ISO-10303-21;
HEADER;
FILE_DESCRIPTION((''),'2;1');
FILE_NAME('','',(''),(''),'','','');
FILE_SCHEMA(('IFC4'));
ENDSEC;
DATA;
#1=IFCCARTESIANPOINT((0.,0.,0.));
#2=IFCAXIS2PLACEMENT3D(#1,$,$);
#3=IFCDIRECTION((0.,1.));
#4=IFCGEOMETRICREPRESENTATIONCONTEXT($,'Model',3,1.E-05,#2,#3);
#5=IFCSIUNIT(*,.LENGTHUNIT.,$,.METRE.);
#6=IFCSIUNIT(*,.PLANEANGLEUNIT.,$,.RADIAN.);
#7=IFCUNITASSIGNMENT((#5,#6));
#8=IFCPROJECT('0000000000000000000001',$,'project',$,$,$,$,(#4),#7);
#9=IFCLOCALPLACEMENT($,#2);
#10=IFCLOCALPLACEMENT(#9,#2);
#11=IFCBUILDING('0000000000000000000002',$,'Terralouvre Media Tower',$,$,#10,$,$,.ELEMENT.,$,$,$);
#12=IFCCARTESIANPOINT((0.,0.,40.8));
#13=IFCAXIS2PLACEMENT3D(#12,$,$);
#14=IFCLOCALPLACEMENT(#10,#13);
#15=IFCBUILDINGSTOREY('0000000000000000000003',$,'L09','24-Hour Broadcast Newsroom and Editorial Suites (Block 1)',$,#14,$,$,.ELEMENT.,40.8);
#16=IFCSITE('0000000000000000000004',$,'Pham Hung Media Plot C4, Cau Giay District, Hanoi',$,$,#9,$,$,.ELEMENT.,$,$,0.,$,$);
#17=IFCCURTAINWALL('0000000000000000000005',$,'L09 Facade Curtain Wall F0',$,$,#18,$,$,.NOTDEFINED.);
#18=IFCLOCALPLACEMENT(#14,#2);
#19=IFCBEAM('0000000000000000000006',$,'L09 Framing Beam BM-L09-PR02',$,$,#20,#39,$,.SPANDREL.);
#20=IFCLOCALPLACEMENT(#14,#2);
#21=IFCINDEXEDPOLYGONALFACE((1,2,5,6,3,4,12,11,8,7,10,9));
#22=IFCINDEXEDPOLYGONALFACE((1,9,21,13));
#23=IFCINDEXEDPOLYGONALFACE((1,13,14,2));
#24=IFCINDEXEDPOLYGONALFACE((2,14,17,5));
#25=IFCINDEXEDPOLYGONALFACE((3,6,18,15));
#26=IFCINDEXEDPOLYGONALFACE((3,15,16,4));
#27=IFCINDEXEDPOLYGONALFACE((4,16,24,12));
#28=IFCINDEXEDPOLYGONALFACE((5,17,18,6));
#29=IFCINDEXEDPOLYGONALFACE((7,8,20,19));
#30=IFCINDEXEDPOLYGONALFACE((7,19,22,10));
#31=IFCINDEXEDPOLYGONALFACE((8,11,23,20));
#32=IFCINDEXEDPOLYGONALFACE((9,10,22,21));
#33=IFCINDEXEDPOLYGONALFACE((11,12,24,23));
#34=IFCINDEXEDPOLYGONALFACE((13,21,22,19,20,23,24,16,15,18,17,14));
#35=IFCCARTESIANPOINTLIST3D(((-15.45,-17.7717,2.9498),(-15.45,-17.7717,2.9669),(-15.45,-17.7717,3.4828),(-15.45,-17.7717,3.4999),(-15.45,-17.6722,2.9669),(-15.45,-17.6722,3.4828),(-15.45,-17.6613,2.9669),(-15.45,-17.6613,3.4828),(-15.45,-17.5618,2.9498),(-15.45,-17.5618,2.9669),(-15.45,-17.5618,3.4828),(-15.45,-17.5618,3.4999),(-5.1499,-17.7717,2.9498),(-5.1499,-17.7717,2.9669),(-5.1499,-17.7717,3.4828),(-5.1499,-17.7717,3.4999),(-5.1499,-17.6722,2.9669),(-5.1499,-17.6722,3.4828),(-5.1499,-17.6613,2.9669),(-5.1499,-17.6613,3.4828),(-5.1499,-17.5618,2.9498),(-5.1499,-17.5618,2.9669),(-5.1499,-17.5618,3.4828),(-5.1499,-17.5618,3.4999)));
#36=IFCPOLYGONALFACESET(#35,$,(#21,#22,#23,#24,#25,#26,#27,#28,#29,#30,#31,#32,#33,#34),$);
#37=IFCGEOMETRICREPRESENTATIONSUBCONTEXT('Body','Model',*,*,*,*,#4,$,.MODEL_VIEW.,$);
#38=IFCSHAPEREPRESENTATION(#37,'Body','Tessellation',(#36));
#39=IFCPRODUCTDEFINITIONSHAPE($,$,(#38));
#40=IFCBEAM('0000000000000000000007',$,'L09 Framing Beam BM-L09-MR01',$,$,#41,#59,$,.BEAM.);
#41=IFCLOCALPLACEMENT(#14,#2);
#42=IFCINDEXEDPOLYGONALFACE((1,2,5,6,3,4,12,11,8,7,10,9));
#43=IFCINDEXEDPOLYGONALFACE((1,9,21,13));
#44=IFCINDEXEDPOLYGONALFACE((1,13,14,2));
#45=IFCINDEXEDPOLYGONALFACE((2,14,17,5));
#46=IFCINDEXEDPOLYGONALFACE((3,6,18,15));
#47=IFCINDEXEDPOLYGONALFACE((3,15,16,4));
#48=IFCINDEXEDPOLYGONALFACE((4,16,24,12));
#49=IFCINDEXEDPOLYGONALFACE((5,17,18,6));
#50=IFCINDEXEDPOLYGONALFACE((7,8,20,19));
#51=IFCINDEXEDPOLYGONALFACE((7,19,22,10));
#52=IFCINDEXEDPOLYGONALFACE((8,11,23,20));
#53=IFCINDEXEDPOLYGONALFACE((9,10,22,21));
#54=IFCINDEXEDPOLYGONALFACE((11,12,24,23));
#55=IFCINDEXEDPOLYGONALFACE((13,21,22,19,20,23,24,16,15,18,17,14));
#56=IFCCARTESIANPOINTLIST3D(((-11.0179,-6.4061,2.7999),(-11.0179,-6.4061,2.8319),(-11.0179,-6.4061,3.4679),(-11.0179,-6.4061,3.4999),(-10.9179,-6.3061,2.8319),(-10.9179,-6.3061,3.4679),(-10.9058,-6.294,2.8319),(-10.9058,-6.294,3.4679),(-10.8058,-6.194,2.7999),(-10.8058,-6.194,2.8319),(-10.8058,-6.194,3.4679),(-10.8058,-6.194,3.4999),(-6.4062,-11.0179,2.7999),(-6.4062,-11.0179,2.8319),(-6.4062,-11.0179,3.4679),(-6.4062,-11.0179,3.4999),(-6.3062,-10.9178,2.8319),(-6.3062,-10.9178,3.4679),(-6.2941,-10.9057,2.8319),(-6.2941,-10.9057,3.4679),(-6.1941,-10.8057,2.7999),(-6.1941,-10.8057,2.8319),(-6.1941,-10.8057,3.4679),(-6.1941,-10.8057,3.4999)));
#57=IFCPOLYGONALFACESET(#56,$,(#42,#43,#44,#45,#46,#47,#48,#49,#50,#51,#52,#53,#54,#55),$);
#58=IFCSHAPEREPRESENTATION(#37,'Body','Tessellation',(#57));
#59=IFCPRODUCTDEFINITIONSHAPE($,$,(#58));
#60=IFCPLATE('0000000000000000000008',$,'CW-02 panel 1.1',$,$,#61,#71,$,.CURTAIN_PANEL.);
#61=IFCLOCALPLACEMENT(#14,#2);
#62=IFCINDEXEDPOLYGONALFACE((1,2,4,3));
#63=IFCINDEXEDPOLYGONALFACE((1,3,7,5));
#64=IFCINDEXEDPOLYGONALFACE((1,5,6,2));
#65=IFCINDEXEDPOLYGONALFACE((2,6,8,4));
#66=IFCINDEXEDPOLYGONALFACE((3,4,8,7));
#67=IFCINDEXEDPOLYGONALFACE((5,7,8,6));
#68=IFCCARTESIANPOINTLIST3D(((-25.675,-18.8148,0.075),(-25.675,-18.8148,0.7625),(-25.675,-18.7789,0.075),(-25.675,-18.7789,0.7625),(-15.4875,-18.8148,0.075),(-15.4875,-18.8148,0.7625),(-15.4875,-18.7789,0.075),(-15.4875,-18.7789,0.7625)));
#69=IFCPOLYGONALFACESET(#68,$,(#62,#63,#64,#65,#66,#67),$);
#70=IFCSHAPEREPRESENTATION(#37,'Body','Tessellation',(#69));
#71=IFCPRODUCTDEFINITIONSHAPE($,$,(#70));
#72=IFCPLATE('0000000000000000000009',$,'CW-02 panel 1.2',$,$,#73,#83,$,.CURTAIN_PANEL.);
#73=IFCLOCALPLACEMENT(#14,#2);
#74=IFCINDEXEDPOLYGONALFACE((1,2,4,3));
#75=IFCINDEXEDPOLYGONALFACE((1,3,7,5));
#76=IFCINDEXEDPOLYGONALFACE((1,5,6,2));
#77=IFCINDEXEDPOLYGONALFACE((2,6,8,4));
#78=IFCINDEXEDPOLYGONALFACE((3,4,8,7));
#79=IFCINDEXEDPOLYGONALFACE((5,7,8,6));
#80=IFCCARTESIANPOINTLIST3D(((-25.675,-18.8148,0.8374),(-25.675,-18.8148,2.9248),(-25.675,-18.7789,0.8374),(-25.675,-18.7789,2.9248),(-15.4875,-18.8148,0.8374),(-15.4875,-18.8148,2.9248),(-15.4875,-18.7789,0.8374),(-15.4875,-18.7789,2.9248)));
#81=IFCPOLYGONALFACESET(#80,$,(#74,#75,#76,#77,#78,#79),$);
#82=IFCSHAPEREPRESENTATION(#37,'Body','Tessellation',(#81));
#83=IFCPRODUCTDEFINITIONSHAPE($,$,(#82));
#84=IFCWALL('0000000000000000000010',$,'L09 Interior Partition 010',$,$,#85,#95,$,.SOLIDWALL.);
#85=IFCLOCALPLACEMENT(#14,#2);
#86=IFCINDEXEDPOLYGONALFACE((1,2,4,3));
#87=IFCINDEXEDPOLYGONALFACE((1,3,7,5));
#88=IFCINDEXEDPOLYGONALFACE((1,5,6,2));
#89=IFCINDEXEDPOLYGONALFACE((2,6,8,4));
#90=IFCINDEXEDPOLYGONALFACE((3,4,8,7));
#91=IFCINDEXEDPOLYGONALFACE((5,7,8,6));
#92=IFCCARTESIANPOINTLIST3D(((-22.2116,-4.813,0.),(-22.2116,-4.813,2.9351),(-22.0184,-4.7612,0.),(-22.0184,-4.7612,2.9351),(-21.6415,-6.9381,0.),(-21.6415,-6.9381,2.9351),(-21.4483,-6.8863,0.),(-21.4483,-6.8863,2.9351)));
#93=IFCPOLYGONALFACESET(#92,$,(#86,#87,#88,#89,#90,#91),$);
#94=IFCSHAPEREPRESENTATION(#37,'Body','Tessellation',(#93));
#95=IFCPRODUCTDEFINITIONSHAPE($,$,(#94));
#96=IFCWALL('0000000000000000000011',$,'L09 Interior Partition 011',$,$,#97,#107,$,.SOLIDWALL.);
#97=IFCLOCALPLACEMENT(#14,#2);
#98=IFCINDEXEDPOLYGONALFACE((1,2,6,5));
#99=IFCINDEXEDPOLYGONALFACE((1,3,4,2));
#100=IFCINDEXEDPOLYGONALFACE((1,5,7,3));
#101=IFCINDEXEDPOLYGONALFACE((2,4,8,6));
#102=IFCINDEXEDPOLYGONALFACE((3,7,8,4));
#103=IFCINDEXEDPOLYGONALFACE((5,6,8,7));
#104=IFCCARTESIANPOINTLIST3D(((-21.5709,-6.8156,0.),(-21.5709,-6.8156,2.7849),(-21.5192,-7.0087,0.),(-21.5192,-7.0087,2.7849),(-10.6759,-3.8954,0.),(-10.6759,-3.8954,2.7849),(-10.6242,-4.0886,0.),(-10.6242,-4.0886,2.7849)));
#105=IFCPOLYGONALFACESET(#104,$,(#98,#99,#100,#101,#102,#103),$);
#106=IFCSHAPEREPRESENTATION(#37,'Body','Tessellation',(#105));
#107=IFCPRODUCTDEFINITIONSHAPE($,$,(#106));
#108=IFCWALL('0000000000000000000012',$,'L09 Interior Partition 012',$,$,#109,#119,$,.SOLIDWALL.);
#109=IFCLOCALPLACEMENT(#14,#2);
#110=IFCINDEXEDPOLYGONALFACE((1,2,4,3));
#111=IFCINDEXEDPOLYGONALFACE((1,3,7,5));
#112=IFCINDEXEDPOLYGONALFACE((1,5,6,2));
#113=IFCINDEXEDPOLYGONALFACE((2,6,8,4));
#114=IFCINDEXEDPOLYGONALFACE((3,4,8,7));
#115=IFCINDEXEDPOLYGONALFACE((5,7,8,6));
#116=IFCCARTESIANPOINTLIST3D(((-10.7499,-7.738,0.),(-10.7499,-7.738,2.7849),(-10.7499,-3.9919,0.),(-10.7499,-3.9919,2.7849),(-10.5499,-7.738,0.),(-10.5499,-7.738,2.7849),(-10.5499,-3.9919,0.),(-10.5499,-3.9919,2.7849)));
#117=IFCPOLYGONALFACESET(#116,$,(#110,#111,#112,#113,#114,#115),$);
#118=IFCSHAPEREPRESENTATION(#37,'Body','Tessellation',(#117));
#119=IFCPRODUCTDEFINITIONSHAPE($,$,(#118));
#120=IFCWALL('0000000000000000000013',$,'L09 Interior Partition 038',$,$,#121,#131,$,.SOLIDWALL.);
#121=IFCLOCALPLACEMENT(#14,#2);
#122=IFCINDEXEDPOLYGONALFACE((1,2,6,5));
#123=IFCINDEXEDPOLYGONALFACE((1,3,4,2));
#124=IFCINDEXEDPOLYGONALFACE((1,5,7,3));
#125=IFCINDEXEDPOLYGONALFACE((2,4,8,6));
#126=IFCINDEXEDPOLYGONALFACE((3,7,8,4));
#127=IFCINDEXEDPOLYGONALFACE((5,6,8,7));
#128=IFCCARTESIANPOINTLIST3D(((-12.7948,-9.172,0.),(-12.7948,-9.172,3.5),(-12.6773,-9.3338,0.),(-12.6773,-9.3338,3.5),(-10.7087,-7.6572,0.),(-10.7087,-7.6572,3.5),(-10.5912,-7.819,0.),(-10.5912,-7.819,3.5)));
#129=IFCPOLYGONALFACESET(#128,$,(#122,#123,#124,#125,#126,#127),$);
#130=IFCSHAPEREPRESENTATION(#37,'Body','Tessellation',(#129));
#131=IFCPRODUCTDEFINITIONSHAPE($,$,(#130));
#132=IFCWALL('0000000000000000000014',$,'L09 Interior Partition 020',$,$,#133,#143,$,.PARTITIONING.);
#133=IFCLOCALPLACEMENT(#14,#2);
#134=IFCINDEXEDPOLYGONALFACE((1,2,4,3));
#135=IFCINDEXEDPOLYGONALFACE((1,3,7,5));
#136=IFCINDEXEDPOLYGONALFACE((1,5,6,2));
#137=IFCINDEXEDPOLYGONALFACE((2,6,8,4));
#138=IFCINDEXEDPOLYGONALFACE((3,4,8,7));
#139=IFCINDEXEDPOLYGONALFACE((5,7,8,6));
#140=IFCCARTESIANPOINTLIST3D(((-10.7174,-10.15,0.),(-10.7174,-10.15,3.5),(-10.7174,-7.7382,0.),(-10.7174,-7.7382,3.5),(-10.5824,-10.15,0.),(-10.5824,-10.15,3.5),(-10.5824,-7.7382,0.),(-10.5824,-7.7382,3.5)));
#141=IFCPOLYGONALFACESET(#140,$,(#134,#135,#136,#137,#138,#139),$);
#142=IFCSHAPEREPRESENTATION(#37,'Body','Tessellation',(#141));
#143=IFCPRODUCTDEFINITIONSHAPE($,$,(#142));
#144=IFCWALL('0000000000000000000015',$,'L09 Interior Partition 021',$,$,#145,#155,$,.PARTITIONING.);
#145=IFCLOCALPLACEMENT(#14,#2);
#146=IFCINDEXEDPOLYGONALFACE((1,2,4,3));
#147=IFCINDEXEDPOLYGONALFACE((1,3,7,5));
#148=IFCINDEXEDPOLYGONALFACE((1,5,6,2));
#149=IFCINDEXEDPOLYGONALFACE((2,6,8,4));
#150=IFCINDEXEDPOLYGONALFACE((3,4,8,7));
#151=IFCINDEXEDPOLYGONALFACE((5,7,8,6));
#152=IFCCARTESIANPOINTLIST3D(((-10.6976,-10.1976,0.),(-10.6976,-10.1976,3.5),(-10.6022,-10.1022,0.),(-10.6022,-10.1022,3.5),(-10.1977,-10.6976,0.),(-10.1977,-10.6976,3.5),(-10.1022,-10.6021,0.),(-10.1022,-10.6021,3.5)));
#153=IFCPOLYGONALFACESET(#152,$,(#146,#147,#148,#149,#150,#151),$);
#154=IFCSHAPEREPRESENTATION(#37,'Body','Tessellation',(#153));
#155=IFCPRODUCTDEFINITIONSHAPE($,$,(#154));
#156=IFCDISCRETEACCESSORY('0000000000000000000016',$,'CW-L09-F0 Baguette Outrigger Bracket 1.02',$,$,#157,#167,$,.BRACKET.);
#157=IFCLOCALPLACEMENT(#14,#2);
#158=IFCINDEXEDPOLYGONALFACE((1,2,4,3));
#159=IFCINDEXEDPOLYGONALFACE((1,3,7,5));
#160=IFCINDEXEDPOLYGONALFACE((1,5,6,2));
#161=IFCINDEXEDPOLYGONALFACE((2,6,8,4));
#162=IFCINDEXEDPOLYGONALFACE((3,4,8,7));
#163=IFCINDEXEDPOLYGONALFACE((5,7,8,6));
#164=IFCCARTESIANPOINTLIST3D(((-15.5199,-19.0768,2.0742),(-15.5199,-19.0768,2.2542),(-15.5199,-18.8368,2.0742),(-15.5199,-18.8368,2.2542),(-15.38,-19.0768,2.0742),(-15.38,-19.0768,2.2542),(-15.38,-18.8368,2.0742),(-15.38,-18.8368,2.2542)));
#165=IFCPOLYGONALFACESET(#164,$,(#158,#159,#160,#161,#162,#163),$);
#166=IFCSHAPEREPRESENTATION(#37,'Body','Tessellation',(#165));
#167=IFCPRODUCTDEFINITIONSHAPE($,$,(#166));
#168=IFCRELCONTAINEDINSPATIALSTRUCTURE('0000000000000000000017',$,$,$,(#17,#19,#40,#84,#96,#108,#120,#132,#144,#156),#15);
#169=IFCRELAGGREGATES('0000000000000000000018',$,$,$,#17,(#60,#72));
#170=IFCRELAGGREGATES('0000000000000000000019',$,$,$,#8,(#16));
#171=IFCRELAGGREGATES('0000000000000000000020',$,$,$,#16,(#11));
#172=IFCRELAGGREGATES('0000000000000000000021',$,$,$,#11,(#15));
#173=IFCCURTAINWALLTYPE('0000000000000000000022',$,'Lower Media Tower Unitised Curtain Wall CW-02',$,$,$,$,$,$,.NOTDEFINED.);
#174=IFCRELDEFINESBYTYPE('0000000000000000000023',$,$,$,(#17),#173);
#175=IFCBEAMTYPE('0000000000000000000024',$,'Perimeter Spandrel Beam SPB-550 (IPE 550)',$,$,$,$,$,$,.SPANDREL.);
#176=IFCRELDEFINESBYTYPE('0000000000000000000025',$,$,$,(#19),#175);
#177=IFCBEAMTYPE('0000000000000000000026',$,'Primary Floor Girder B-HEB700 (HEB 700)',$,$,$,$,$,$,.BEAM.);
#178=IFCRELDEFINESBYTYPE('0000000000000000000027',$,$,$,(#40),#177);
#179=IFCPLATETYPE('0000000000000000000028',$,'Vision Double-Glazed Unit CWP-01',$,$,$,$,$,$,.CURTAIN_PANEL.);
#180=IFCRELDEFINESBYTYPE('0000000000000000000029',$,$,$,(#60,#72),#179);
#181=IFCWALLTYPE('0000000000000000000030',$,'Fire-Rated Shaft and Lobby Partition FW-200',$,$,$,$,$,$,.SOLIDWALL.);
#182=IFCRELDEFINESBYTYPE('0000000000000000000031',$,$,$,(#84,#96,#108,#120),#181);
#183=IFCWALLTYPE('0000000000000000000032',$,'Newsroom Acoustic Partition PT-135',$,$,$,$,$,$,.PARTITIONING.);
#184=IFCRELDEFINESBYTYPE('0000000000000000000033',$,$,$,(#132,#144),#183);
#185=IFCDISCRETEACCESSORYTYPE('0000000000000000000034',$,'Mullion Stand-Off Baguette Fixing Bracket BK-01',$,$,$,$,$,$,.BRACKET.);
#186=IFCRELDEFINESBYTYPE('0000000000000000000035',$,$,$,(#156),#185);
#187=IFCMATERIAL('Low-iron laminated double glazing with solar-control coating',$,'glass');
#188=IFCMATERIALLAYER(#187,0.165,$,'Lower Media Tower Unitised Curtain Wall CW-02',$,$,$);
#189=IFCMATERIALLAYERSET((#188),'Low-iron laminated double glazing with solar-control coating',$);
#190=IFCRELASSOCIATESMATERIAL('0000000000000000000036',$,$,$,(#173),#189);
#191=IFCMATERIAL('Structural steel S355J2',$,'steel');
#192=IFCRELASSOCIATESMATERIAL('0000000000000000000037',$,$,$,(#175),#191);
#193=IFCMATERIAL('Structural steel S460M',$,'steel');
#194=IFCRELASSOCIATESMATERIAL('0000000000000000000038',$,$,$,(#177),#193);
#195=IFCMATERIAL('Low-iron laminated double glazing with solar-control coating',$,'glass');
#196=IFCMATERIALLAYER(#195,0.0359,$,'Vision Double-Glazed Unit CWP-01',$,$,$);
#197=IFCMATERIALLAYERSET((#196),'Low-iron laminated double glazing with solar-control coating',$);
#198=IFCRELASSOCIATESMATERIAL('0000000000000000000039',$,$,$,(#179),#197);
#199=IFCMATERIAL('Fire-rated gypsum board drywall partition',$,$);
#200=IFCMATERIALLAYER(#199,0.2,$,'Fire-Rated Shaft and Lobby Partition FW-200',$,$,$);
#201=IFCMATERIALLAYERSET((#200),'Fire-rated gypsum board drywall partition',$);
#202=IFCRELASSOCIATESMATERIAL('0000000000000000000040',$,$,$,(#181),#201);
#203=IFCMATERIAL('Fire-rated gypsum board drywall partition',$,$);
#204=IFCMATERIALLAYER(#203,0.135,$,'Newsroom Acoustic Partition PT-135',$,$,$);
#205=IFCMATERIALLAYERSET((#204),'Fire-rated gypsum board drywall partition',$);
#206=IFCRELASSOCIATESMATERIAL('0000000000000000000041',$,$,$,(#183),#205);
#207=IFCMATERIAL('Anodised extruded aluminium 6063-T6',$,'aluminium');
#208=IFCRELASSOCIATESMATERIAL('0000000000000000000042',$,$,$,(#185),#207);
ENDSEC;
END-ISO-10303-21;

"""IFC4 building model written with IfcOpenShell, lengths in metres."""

from ifc_helpers import new_model, si_unit, direction, frame, frame_2d, origin, origin_2d, place, context, subcontext, project, spatial, rectangle, i_section, extrude, material, layer, layer_set, material_profile, profile_set, type_object, element, aggregate, save


model = new_model("IFC4")

# Units and contexts
model_context = context("Model", 3, precision=1e-05, world=origin(), true_north=direction((0.0, 1.0)))
body_context = subcontext(model_context, "Body", "Model", "MODEL_VIEW")
ifc_project = project(units=[si_unit("LENGTHUNIT", "METRE"), si_unit("PLANEANGLEUNIT", "RADIAN")], contexts=[model_context])

# Site, building, storey
site_placement = place(None, origin())
site = spatial("IfcSite", under=ifc_project, at=site_placement, Name="Pham Hung Media Plot C4, Cau Giay District, Hanoi", CompositionType="ELEMENT", RefElevation=0.0)
building_placement = place(site_placement, origin())
building = spatial("IfcBuilding", under=site, at=building_placement, Name="Terralouvre Media Tower", CompositionType="ELEMENT")
storey_placement = place(building_placement, frame((0.0, 0.0, 40.8)))
storey = spatial("IfcBuildingStorey", under=building, at=storey_placement, Name="L09", Description="24-Hour Broadcast Newsroom and Editorial Suites (Block 1)", CompositionType="ELEMENT", Elevation=40.8)

# Curtain wall
ifc_material_1 = material(Name="Low-iron laminated double glazing with solar-control coating", Category="glass")
ifc_layer_1 = layer(ifc_material_1, 0.165, Name="Lower Media Tower Unitised Curtain Wall CW-02")
ifc_layer_set_1 = layer_set([ifc_layer_1], Name="Low-iron laminated double glazing with solar-control coating")
curtain_wall_type = type_object("IfcCurtainWallType", Name="Lower Media Tower Unitised Curtain Wall CW-02", PredefinedType="NOTDEFINED", material=ifc_layer_set_1)
curtain_wall_1_placement = place(storey_placement, origin())
curtain_wall_1 = element("IfcCurtainWall", 1, at=curtain_wall_1_placement, inside=storey, type_object=curtain_wall_type, Name="L09 Facade Curtain Wall F0", PredefinedType="NOTDEFINED")

# Beams
ifc_material_2 = material(Name="Structural steel S355J2", Category="steel")
ifc_material_profile_1 = material_profile(ifc_material_2, i_section(OverallWidth=0.21, OverallDepth=0.55, WebThickness=0.011, FlangeThickness=0.0171, at=origin_2d()), Name="IPE 550")
ifc_profile_set_1 = profile_set([ifc_material_profile_1], Name="Structural steel S355J2")
beam_type_1 = type_object("IfcBeamType", Name="Perimeter Spandrel Beam SPB-550 (IPE 550)", PredefinedType="SPANDREL", material=ifc_profile_set_1)
beam_1_placement = place(storey_placement, frame((-15.45, -17.6667, 3.2249), z_axis=(1.0, 0.0, 0.0), x_axis=(0.0, 1.0, 0.0)))
element("IfcBeam", 2, at=beam_1_placement, inside=storey, type_object=beam_type_1, Name="L09 Framing Beam BM-L09-PR02", PredefinedType="SPANDREL", context=body_context, shape_type="SweptSolid", body=[
    extrude(i_section(OverallWidth=0.21, OverallDepth=0.55, WebThickness=0.011, FlangeThickness=0.0171, at=origin_2d()), origin(), (0.0, 0.0, 1.0), 10.3),
])
ifc_material_3 = material(Name="Structural steel S460M", Category="steel")
ifc_material_profile_2 = material_profile(ifc_material_3, i_section(OverallWidth=0.3, OverallDepth=0.7, WebThickness=0.0171, FlangeThickness=0.032, at=origin_2d()), Name="HEB 700")
ifc_profile_set_2 = profile_set([ifc_material_profile_2], Name="Structural steel S460M")
beam_type_2 = type_object("IfcBeamType", Name="Primary Floor Girder B-HEB700 (HEB 700)", PredefinedType="BEAM", material=ifc_profile_set_2)
beam_2_placement = place(storey_placement, frame((-10.9119, -6.3, 3.1499), z_axis=(0.707107, -0.707107, 0.0), x_axis=(0.707107, 0.707107, 0.0)))
element("IfcBeam", 3, at=beam_2_placement, inside=storey, type_object=beam_type_2, Name="L09 Framing Beam BM-L09-MR01", PredefinedType="BEAM", context=body_context, shape_type="SweptSolid", body=[
    extrude(i_section(OverallWidth=0.3, OverallDepth=0.7, WebThickness=0.0171, FlangeThickness=0.032, at=origin_2d()), origin(), (0.0, 0.0, 1.0), 6.522),
])

# Plates
ifc_material_4 = material(Name="Low-iron laminated double glazing with solar-control coating", Category="glass")
ifc_layer_2 = layer(ifc_material_4, 0.0359, Name="Vision Double-Glazed Unit CWP-01")
ifc_layer_set_2 = layer_set([ifc_layer_2], Name="Low-iron laminated double glazing with solar-control coating")
plate_type = type_object("IfcPlateType", Name="Vision Double-Glazed Unit CWP-01", PredefinedType="CURTAIN_PANEL", material=ifc_layer_set_2)
plate_1_placement = place(storey_placement, frame((-20.5813, -18.7969, 0.075), z_axis=(0.0, 0.0, 1.0), x_axis=(1.0, 0.0, 0.0)))
plate_1 = element("IfcPlate", 4, at=plate_1_placement, type_object=plate_type, Name="CW-02 panel 1.1", PredefinedType="CURTAIN_PANEL", context=body_context, shape_type="SweptSolid", body=[
    extrude(rectangle(XDim=10.1875, YDim=0.0359, at=origin_2d()), origin(), (0.0, 0.0, 1.0), 0.6875),
])
plate_2_placement = place(storey_placement, frame((-20.5813, -18.7969, 0.8374), z_axis=(0.0, 0.0, 1.0), x_axis=(1.0, 0.0, 0.0)))
plate_2 = element("IfcPlate", 5, at=plate_2_placement, type_object=plate_type, Name="CW-02 panel 1.2", PredefinedType="CURTAIN_PANEL", context=body_context, shape_type="SweptSolid", body=[
    extrude(rectangle(XDim=10.1875, YDim=0.0359, at=origin_2d()), origin(), (0.0, 0.0, 1.0), 2.0874),
])
aggregate(curtain_wall_1, [plate_1, plate_2])

# Walls
ifc_material_5 = material(Name="Fire-rated gypsum board drywall partition")
ifc_layer_3 = layer(ifc_material_5, 0.2, Name="Fire-Rated Shaft and Lobby Partition FW-200")
ifc_layer_set_3 = layer_set([ifc_layer_3], Name="Fire-rated gypsum board drywall partition")
wall_type_1 = type_object("IfcWallType", Name="Fire-Rated Shaft and Lobby Partition FW-200", PredefinedType="SOLIDWALL", material=ifc_layer_set_3)
wall_1_placement = place(storey_placement, frame((-22.115, -4.7871, 0.0), z_axis=(0.0, 0.0, 1.0), x_axis=(0.259106, -0.965849, 0.0)))
element("IfcWall", 6, at=wall_1_placement, inside=storey, type_object=wall_type_1, Name="L09 Interior Partition 010", PredefinedType="SOLIDWALL", context=body_context, shape_type="SweptSolid", body=[
    extrude(rectangle(XDim=2.2002, YDim=0.2, at=frame_2d((1.1001, 0.0))), origin(), (0.0, 0.0, 1.0), 2.9351),
])
wall_2_placement = place(storey_placement, frame((-21.5449, -6.9121, 0.0), z_axis=(0.0, 0.0, 1.0), x_axis=(0.965907, 0.25889, 0.0)))
element("IfcWall", 7, at=wall_2_placement, inside=storey, type_object=wall_type_1, Name="L09 Interior Partition 011", PredefinedType="SOLIDWALL", context=body_context, shape_type="SweptSolid", body=[
    extrude(rectangle(XDim=11.2795, YDim=0.2, at=frame_2d((5.6396, 0.0))), origin(), (0.0, 0.0, 1.0), 2.7849),
])
wall_3_placement = place(storey_placement, frame((-10.6499, -3.9919, 0.0), z_axis=(0.0, 0.0, 1.0), x_axis=(0.0, -1.0, 0.0)))
element("IfcWall", 8, at=wall_3_placement, inside=storey, type_object=wall_type_1, Name="L09 Interior Partition 012", PredefinedType="SOLIDWALL", context=body_context, shape_type="SweptSolid", body=[
    extrude(rectangle(XDim=3.7461, YDim=0.2, at=frame_2d((1.873, 0.0))), origin(), (0.0, 0.0, 1.0), 2.7849),
])
wall_4_placement = place(storey_placement, frame((-12.7361, -9.2529, 0.0), z_axis=(0.0, 0.0, 1.0), x_axis=(0.809166, 0.58758, 0.0)))
element("IfcWall", 9, at=wall_4_placement, inside=storey, type_object=wall_type_1, Name="L09 Interior Partition 038", PredefinedType="SOLIDWALL", context=body_context, shape_type="SweptSolid", body=[
    extrude(rectangle(XDim=2.5781, YDim=0.2, at=frame_2d((1.2891, 0.0))), origin(), (0.0, 0.0, 1.0), 3.5),
])
ifc_material_6 = material(Name="Fire-rated gypsum board drywall partition")
ifc_layer_4 = layer(ifc_material_6, 0.135, Name="Newsroom Acoustic Partition PT-135")
ifc_layer_set_4 = layer_set([ifc_layer_4], Name="Fire-rated gypsum board drywall partition")
wall_type_2 = type_object("IfcWallType", Name="Newsroom Acoustic Partition PT-135", PredefinedType="PARTITIONING", material=ifc_layer_set_4)
wall_5_placement = place(storey_placement, frame((-10.6499, -7.738, 0.0), z_axis=(0.0, 0.0, 1.0), x_axis=(0.0, -1.0, 0.0)))
element("IfcWall", 10, at=wall_5_placement, inside=storey, type_object=wall_type_2, Name="L09 Interior Partition 020", PredefinedType="PARTITIONING", context=body_context, shape_type="SweptSolid", body=[
    extrude(rectangle(XDim=2.4119, YDim=0.135, at=frame_2d((1.2061, 0.0))), origin(), (0.0, 0.0, 1.0), 3.5),
])
wall_6_placement = place(storey_placement, frame((-10.6499, -10.1499, 0.0), z_axis=(0.0, 0.0, 1.0), x_axis=(0.707107, -0.707107, 0.0)))
element("IfcWall", 11, at=wall_6_placement, inside=storey, type_object=wall_type_2, Name="L09 Interior Partition 021", PredefinedType="PARTITIONING", context=body_context, shape_type="SweptSolid", body=[
    extrude(rectangle(XDim=0.707, YDim=0.135, at=frame_2d((0.3535, 0.0))), origin(), (0.0, 0.0, 1.0), 3.5),
])

# Discrete accessory
ifc_material_7 = material(Name="Anodised extruded aluminium 6063-T6", Category="aluminium")
discrete_accessory_type = type_object("IfcDiscreteAccessoryType", Name="Mullion Stand-Off Baguette Fixing Bracket BK-01", PredefinedType="BRACKET", material=ifc_material_7)
discrete_accessory_placement = place(storey_placement, frame((-15.45, -18.9568, 2.0742), z_axis=(0.0, 0.0, 1.0), x_axis=(1.0, 0.0, 0.0)))
element("IfcDiscreteAccessory", 12, at=discrete_accessory_placement, inside=storey, type_object=discrete_accessory_type, Name="CW-L09-F0 Baguette Outrigger Bracket 1.02", PredefinedType="BRACKET", context=body_context, shape_type="SweptSolid", body=[
    extrude(rectangle(XDim=0.1399, YDim=0.24, at=origin_2d()), origin(), (0.0, 0.0, 1.0), 0.1799),
])

save(model, "model.ifc")
